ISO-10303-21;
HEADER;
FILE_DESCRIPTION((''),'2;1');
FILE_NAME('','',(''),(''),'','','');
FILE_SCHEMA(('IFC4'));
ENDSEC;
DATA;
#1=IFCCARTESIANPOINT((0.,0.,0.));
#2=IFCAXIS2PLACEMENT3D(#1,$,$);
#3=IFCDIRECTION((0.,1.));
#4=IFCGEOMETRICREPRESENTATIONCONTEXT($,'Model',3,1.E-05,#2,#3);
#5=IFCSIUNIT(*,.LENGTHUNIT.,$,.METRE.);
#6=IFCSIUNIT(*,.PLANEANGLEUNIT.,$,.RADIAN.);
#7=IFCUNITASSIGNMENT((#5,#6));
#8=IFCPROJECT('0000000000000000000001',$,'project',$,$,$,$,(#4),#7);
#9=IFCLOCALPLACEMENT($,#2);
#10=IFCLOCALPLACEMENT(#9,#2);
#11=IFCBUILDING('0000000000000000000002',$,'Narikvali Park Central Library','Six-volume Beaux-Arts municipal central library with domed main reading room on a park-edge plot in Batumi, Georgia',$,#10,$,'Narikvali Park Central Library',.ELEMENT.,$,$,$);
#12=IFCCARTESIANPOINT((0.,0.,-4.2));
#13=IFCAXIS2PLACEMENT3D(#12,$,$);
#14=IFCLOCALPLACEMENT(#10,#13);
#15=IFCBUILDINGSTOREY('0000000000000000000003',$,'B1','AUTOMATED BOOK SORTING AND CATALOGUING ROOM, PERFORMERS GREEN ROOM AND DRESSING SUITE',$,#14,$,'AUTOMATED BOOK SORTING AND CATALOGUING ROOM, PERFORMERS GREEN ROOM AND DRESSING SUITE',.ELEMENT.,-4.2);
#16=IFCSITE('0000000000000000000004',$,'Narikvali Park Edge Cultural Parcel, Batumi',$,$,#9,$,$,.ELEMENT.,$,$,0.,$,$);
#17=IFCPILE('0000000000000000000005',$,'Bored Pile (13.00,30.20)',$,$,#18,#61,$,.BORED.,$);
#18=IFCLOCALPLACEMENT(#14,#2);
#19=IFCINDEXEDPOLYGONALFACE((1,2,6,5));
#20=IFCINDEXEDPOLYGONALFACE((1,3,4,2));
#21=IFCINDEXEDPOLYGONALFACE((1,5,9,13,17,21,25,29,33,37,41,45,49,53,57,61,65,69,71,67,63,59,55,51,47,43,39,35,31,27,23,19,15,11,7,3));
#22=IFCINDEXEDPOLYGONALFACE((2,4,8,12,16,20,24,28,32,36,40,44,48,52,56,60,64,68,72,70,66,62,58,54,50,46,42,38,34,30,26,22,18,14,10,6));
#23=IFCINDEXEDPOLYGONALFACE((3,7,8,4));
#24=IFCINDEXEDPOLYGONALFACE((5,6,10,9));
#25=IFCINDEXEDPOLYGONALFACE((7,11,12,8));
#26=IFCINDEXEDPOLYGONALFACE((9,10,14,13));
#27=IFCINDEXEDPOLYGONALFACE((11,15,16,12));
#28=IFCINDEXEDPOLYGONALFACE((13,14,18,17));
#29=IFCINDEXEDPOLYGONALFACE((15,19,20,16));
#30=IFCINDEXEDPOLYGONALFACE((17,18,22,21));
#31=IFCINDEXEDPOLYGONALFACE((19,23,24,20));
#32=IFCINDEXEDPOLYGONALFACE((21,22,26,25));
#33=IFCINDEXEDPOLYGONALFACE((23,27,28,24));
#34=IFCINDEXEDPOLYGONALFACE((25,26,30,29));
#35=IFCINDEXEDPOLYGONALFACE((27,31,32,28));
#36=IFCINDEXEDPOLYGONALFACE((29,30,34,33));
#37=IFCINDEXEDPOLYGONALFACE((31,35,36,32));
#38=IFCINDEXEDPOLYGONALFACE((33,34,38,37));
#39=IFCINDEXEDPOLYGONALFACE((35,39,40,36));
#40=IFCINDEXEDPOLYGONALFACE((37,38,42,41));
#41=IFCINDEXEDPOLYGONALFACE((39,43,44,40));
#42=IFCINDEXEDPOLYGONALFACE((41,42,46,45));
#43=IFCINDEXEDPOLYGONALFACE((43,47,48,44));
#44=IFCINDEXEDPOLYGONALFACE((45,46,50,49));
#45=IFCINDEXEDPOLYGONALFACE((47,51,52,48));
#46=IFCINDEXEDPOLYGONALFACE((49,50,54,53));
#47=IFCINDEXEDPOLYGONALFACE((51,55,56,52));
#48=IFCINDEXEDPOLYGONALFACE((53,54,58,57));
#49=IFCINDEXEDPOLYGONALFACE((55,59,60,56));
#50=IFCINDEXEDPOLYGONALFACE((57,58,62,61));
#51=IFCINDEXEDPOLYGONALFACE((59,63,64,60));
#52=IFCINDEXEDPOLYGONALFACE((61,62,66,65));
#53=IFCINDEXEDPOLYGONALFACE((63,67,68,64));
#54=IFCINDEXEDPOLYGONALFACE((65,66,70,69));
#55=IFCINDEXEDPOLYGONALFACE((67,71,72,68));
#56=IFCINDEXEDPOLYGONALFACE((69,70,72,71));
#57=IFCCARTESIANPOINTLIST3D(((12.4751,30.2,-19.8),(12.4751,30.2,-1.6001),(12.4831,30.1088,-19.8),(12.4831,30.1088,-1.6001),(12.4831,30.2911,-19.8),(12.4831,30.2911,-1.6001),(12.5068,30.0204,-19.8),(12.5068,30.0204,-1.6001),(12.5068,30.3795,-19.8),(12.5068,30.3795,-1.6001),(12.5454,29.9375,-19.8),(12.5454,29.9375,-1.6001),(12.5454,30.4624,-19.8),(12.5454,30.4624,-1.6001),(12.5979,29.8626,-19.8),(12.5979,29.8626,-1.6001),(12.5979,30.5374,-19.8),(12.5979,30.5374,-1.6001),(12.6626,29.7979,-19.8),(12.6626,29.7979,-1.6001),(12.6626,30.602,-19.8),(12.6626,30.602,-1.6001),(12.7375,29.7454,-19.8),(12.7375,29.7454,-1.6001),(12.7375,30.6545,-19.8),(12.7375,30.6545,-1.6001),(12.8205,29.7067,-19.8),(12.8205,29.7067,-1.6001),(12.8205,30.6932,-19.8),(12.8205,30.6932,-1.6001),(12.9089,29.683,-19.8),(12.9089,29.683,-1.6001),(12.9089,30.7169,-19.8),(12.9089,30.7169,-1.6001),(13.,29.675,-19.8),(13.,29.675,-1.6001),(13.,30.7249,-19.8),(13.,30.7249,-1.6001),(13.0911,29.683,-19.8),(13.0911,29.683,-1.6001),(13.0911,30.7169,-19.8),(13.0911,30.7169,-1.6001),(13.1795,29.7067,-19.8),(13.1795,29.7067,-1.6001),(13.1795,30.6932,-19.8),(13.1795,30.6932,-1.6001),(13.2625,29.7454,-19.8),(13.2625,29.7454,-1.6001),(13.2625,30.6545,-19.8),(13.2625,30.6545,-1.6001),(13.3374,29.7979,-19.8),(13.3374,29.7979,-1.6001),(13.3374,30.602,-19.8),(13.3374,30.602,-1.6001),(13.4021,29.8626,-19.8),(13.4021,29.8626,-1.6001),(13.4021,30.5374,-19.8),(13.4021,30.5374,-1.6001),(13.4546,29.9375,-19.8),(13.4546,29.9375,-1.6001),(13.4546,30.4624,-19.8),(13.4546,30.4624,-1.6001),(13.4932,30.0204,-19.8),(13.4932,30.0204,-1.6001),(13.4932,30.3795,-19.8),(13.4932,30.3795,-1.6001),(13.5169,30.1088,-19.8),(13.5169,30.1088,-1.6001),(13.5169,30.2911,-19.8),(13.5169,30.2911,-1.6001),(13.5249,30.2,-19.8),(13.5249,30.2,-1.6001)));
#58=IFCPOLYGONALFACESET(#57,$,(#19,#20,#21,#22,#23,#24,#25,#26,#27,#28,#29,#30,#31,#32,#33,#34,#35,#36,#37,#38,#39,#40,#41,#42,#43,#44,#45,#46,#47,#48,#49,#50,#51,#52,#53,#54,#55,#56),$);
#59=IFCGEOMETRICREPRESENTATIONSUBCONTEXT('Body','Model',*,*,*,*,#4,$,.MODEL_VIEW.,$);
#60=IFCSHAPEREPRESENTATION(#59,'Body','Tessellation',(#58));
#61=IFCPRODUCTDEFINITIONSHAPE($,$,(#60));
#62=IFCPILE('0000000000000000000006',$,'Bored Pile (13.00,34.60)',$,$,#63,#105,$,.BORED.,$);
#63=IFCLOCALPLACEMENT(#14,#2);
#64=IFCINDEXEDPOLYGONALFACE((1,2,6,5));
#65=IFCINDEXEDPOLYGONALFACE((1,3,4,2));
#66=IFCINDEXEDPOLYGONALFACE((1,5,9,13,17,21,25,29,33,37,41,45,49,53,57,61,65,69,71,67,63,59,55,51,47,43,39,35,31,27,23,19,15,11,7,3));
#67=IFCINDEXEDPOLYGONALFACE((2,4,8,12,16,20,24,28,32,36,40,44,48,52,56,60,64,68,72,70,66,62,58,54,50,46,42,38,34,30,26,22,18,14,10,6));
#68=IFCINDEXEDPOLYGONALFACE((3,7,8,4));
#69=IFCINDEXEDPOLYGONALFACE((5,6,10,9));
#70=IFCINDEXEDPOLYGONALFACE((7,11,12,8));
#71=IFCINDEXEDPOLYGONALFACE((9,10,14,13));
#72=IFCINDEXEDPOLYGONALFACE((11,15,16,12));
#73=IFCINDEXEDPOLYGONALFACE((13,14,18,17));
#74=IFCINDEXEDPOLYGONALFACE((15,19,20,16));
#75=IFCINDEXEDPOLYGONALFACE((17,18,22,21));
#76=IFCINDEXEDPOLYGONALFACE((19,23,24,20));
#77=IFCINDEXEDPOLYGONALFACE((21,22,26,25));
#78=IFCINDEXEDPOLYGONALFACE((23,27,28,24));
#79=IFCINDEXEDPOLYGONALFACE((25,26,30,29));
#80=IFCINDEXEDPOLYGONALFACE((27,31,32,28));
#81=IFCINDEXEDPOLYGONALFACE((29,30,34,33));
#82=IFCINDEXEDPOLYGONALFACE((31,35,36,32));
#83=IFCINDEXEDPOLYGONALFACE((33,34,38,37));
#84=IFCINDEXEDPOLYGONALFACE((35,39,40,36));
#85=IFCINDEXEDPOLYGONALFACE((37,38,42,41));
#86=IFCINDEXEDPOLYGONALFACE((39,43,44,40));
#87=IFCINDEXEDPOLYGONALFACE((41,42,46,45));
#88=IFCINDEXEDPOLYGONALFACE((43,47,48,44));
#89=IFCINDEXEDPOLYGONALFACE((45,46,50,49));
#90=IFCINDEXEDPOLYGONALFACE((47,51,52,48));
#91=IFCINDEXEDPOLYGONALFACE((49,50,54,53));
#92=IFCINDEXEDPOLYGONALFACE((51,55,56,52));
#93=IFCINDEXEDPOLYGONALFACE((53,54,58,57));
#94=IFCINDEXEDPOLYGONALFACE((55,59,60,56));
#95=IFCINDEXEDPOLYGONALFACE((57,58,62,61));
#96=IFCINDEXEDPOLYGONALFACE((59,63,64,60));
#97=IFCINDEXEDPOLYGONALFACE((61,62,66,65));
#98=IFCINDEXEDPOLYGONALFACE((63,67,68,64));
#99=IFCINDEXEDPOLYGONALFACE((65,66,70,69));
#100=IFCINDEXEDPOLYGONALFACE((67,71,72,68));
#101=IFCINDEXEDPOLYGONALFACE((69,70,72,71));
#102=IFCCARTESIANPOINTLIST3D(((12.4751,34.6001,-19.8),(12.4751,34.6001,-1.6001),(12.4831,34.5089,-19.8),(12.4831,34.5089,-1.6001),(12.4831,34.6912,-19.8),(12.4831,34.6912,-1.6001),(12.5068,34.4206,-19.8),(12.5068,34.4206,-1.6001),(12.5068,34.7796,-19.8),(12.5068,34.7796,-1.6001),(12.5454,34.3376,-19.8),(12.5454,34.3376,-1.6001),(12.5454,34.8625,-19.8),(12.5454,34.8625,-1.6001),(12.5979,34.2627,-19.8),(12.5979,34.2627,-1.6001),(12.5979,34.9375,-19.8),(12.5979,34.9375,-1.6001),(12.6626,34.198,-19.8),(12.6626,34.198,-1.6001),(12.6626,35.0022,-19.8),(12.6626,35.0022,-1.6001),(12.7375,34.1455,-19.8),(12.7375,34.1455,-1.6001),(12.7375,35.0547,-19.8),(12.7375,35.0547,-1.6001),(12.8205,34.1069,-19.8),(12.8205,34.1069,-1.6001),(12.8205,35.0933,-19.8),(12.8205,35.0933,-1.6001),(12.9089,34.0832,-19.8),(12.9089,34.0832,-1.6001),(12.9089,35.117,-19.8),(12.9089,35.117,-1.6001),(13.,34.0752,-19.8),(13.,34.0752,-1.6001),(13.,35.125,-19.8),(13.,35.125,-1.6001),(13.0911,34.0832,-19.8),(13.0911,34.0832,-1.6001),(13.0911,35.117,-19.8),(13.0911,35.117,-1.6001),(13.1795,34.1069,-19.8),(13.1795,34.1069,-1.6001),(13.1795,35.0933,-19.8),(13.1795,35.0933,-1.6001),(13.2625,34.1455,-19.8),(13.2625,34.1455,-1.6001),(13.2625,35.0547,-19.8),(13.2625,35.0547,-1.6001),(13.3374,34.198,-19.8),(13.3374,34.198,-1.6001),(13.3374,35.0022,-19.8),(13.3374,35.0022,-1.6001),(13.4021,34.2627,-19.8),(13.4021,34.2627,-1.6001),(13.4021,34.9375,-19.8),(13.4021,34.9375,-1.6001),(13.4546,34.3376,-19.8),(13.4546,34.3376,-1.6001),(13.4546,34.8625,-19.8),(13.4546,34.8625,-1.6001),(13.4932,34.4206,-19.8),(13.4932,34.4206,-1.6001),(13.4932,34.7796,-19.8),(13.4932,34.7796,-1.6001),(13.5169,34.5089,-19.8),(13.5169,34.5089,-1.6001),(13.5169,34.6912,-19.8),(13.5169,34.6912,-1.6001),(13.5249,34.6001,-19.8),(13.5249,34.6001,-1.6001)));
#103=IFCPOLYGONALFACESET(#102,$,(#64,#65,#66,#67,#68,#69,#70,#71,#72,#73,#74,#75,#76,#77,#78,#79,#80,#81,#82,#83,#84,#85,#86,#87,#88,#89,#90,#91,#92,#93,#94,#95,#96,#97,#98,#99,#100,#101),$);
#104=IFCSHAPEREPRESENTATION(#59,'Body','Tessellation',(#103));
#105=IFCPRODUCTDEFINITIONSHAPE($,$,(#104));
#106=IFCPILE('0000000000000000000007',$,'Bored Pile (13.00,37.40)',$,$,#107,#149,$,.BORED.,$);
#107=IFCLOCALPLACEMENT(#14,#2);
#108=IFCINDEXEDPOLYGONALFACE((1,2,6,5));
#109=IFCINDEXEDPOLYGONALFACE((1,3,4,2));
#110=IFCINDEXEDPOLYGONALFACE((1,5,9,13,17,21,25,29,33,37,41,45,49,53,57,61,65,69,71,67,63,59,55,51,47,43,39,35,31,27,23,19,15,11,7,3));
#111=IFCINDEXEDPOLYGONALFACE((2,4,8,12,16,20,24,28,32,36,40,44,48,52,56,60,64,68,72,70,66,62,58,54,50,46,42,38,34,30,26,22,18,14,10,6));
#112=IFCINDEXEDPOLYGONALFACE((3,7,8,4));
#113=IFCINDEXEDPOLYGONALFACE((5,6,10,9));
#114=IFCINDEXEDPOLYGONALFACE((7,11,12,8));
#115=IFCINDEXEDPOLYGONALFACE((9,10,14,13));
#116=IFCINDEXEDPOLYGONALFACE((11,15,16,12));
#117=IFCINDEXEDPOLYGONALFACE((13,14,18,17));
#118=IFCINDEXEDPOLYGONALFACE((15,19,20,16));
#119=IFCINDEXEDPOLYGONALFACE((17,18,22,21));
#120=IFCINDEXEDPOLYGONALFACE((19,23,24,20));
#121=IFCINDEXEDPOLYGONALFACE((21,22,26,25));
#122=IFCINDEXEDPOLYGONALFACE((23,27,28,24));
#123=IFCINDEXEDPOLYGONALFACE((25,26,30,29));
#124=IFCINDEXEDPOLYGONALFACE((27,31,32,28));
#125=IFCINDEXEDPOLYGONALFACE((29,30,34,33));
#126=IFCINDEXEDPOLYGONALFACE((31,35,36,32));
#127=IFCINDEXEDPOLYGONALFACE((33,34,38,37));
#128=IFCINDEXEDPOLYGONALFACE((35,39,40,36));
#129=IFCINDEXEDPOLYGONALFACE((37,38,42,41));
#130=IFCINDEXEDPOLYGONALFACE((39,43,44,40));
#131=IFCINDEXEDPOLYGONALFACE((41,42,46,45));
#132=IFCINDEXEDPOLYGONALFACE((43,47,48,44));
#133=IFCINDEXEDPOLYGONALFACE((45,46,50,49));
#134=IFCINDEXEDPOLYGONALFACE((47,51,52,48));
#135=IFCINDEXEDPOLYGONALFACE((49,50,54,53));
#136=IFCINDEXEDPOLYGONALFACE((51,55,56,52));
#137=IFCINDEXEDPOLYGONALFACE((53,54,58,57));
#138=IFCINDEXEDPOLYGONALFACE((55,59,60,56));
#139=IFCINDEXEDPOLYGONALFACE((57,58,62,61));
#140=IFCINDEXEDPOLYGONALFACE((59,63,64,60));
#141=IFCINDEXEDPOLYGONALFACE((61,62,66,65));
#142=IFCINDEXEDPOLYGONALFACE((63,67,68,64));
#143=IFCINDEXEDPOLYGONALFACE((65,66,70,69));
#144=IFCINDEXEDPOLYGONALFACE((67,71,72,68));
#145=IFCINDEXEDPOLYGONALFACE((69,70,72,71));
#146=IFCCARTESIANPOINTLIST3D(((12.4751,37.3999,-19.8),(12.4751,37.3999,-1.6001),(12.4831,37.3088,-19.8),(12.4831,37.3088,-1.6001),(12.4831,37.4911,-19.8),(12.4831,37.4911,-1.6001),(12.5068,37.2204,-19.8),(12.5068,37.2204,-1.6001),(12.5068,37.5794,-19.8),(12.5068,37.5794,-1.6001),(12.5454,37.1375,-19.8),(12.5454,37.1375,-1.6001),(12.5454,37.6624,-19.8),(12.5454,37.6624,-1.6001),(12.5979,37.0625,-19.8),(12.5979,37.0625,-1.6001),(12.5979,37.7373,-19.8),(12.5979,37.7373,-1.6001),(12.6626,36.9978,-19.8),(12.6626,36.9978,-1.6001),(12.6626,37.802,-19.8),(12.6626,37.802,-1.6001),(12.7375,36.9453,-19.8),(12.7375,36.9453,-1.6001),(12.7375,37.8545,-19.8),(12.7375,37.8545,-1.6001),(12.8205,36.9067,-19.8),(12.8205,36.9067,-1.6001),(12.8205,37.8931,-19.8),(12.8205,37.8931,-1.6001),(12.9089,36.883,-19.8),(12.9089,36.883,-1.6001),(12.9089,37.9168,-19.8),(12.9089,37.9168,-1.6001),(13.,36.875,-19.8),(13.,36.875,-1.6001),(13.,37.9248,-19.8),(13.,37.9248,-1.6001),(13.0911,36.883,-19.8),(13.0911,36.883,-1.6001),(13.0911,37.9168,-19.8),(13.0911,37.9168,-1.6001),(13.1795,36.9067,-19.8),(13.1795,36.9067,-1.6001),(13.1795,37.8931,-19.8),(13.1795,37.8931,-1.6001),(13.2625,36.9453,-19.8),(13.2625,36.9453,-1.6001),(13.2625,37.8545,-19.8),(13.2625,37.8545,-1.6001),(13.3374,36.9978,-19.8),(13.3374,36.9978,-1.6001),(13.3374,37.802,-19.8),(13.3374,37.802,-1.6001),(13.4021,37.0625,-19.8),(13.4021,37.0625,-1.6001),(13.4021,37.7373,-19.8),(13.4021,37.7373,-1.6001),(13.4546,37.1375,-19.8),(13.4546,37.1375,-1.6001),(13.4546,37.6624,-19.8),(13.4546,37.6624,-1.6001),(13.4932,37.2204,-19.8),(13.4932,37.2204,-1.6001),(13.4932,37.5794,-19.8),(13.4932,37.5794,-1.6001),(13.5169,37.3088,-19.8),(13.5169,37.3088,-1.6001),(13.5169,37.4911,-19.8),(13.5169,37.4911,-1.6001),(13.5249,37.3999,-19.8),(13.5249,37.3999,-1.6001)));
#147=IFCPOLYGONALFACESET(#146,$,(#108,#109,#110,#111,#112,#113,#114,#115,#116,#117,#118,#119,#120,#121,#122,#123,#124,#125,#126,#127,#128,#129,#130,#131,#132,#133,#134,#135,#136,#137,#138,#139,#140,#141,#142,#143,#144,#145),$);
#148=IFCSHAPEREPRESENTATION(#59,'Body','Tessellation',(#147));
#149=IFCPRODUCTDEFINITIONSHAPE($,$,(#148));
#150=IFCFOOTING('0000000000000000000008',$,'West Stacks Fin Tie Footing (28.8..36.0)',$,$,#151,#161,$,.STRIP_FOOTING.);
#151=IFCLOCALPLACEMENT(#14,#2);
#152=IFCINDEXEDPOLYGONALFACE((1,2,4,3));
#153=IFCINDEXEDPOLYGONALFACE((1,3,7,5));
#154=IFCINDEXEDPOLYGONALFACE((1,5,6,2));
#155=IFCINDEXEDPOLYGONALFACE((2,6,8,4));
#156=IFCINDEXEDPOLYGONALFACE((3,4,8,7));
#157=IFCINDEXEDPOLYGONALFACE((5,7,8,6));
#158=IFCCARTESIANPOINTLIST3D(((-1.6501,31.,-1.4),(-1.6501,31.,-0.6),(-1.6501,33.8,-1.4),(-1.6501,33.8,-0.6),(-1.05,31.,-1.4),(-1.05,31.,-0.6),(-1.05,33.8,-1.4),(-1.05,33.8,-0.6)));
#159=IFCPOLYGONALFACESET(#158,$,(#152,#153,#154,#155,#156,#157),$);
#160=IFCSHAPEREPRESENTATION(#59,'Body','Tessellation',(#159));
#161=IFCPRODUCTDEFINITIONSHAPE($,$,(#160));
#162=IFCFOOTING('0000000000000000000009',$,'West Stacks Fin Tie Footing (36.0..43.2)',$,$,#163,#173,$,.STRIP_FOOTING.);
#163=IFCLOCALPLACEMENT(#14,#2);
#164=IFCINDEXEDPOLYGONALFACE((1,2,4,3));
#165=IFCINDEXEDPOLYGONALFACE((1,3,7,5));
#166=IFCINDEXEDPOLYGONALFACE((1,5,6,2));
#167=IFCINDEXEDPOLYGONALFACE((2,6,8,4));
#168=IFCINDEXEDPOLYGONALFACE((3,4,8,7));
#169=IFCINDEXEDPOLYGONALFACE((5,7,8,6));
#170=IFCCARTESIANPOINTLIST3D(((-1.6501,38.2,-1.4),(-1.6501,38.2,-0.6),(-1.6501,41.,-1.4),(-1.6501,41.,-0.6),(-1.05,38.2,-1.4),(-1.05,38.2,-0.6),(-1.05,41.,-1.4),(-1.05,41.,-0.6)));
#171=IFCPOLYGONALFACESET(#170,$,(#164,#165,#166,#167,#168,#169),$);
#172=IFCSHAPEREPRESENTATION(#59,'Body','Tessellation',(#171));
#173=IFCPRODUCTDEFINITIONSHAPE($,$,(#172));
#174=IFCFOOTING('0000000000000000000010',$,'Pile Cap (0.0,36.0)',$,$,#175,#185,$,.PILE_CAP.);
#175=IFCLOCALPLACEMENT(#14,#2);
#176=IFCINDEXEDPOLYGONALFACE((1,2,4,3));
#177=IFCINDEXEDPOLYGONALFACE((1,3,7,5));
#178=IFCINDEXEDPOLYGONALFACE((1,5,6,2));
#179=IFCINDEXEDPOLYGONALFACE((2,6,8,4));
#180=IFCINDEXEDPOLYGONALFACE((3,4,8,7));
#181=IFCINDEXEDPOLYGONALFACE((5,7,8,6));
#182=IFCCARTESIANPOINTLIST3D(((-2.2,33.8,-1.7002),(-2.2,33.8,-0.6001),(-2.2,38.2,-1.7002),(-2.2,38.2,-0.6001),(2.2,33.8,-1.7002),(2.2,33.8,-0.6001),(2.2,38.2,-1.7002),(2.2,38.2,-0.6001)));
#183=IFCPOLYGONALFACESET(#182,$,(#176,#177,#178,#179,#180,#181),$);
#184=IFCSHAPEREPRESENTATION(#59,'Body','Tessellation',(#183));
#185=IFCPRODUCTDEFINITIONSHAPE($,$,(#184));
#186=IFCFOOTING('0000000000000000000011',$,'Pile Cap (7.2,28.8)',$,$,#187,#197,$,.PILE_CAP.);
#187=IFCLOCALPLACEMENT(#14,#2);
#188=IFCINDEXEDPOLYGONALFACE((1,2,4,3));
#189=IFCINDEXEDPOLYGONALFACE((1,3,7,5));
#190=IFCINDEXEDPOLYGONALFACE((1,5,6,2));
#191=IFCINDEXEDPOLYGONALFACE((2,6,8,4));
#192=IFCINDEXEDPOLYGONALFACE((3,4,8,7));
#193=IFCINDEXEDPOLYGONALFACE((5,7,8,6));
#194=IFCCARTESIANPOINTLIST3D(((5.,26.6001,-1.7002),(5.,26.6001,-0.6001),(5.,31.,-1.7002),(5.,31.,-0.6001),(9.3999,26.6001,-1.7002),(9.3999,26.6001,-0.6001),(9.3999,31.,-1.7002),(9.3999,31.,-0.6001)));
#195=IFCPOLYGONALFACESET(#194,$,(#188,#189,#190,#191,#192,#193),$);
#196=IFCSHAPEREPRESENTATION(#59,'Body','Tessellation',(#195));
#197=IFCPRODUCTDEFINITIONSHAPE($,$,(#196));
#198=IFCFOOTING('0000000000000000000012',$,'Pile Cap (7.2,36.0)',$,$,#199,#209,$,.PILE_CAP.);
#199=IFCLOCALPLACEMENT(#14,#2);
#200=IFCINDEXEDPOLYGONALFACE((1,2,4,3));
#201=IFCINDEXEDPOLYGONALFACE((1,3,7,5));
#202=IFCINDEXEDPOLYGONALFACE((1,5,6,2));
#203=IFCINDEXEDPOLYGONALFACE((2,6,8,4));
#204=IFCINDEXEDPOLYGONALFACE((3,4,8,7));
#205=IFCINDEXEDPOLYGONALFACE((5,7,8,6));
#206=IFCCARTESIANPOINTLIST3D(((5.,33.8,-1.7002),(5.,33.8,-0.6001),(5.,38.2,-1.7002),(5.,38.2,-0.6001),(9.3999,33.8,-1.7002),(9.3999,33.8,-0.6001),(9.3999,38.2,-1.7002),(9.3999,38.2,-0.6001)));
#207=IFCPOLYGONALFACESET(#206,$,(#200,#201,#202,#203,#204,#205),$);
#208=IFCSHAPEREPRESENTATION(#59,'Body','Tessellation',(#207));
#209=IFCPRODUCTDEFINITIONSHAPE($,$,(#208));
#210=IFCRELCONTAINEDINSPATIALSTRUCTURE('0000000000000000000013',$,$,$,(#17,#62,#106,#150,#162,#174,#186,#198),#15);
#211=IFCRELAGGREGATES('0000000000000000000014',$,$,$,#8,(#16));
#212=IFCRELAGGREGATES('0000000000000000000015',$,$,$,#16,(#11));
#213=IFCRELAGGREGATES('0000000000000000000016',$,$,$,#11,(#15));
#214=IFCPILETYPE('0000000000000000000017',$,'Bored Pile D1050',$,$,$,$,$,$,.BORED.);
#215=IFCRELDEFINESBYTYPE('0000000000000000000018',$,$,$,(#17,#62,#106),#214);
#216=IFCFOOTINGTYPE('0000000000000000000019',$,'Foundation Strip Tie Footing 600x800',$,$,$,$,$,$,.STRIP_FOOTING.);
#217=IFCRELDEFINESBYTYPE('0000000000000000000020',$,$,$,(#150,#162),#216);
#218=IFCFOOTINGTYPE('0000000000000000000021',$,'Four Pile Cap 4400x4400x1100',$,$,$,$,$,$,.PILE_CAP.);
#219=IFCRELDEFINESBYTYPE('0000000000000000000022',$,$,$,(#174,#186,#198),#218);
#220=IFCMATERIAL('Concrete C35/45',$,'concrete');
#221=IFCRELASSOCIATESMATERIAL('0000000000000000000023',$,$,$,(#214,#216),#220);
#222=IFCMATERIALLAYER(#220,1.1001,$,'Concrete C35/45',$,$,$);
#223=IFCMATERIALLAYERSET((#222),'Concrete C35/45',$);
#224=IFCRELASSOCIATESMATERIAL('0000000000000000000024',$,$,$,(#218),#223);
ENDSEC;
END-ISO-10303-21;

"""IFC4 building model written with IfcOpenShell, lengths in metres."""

from ifc_helpers import new_model, si_unit, direction, frame, origin, origin_2d, place, context, subcontext, project, spatial, rectangle, circle, extrude, material, layer, layer_set, material_profile, profile_set, type_object, element, save


model = new_model("IFC4")

# Units and contexts
model_context = context("Model", 3, precision=1e-05, world=origin(), true_north=direction((0.0, 1.0)))
body_context = subcontext(model_context, "Body", "Model", "MODEL_VIEW")
ifc_project = project(units=[si_unit("LENGTHUNIT", "METRE"), si_unit("PLANEANGLEUNIT", "RADIAN")], contexts=[model_context])

# Site, building, storey
site_placement = place(None, origin())
site = spatial("IfcSite", under=ifc_project, at=site_placement, Name="Narikvali Park Edge Cultural Parcel, Batumi", CompositionType="ELEMENT", RefElevation=0.0)
building_placement = place(site_placement, origin())
building = spatial("IfcBuilding", under=site, at=building_placement, Name="Narikvali Park Central Library", Description="Six-volume Beaux-Arts municipal central library with domed main reading room on a park-edge plot in Batumi, Georgia", LongName="Narikvali Park Central Library", CompositionType="ELEMENT")
storey_placement = place(building_placement, frame((0.0, 0.0, -4.2)))
storey = spatial("IfcBuildingStorey", under=building, at=storey_placement, Name="B1", Description="AUTOMATED BOOK SORTING AND CATALOGUING ROOM, PERFORMERS GREEN ROOM AND DRESSING SUITE", LongName="AUTOMATED BOOK SORTING AND CATALOGUING ROOM, PERFORMERS GREEN ROOM AND DRESSING SUITE", CompositionType="ELEMENT", Elevation=-4.2)

# Piles
ifc_material_1 = material(Name="Concrete C35/45", Category="concrete")
ifc_material_profile_1 = material_profile(ifc_material_1, circle(Radius=0.5249, at=origin_2d()), Name="PILE D1050")
ifc_profile_set_1 = profile_set([ifc_material_profile_1], Name="Concrete C35/45")
pile_type = type_object("IfcPileType", Name="Bored Pile D1050", PredefinedType="BORED", material=ifc_profile_set_1)
for number, where, z_axis, x_axis, name in (
    (1, (13.0, 30.2, -1.6001), (0.0, 0.0, -1.0), (1.0, 0.0, 0.0), "Bored Pile (13.00,30.20)"),
    (2, (13.0, 34.6001, -1.6001), (0.0, 0.0, -1.0), (1.0, 0.0, 0.0), "Bored Pile (13.00,34.60)"),
    (3, (13.0, 37.3999, -1.6001), (0.0, 0.0, -1.0), (1.0, 0.0, 0.0), "Bored Pile (13.00,37.40)"),
):
    element("IfcPile", number, at=place(storey_placement, frame(where, z_axis=z_axis, x_axis=x_axis)), inside=storey, type_object=pile_type, Name=name, PredefinedType="BORED", context=body_context, shape_type="SweptSolid", body=[
        extrude(circle(Radius=0.5249, at=origin_2d()), origin(), (0.0, 0.0, 1.0), 18.2),
    ])

# Footings
ifc_material_profile_2 = material_profile(ifc_material_1, rectangle(XDim=0.6001, YDim=0.8, at=origin_2d()), Name="RC GB 600x800")
ifc_profile_set_2 = profile_set([ifc_material_profile_2], Name="Concrete C35/45")
footing_type_1 = type_object("IfcFootingType", Name="Foundation Strip Tie Footing 600x800", PredefinedType="STRIP_FOOTING", material=ifc_profile_set_2)
for number, where, z_axis, x_axis, name in (
    (4, (-1.3501, 31.0, -1.0), (0.0, 1.0, 0.0), (-1.0, 0.0, 0.0), "West Stacks Fin Tie Footing (28.8..36.0)"),
    (5, (-1.3501, 38.2, -1.0), (0.0, 1.0, 0.0), (-1.0, 0.0, 0.0), "West Stacks Fin Tie Footing (36.0..43.2)"),
):
    element("IfcFooting", number, at=place(storey_placement, frame(where, z_axis=z_axis, x_axis=x_axis)), inside=storey, type_object=footing_type_1, Name=name, PredefinedType="STRIP_FOOTING", context=body_context, shape_type="SweptSolid", body=[
        extrude(rectangle(XDim=0.6001, YDim=0.8, at=origin_2d()), origin(), (0.0, 0.0, 1.0), 2.8),
    ])
ifc_layer_1 = layer(ifc_material_1, 1.1001, Name="Concrete C35/45")
ifc_layer_set_1 = layer_set([ifc_layer_1], Name="Concrete C35/45")
footing_type_2 = type_object("IfcFootingType", Name="Four Pile Cap 4400x4400x1100", PredefinedType="PILE_CAP", material=ifc_layer_set_1)
for number, where, z_axis, x_axis, name in (
    (6, (0.0, 36.0, -1.7002), (0.0, 0.0, 1.0), (1.0, 0.0, 0.0), "Pile Cap (0.0,36.0)"),
    (7, (7.2, 28.8, -1.7002), (0.0, 0.0, 1.0), (1.0, 0.0, 0.0), "Pile Cap (7.2,28.8)"),
    (8, (7.2, 36.0, -1.7002), (0.0, 0.0, 1.0), (1.0, 0.0, 0.0), "Pile Cap (7.2,36.0)"),
):
    element("IfcFooting", number, at=place(storey_placement, frame(where, z_axis=z_axis, x_axis=x_axis)), inside=storey, type_object=footing_type_2, Name=name, PredefinedType="PILE_CAP", context=body_context, shape_type="SweptSolid", body=[
        extrude(rectangle(XDim=4.3999, YDim=4.3999, at=origin_2d()), origin(), (0.0, 0.0, 1.0), 1.1001),
    ])

save(model, "model.ifc")
